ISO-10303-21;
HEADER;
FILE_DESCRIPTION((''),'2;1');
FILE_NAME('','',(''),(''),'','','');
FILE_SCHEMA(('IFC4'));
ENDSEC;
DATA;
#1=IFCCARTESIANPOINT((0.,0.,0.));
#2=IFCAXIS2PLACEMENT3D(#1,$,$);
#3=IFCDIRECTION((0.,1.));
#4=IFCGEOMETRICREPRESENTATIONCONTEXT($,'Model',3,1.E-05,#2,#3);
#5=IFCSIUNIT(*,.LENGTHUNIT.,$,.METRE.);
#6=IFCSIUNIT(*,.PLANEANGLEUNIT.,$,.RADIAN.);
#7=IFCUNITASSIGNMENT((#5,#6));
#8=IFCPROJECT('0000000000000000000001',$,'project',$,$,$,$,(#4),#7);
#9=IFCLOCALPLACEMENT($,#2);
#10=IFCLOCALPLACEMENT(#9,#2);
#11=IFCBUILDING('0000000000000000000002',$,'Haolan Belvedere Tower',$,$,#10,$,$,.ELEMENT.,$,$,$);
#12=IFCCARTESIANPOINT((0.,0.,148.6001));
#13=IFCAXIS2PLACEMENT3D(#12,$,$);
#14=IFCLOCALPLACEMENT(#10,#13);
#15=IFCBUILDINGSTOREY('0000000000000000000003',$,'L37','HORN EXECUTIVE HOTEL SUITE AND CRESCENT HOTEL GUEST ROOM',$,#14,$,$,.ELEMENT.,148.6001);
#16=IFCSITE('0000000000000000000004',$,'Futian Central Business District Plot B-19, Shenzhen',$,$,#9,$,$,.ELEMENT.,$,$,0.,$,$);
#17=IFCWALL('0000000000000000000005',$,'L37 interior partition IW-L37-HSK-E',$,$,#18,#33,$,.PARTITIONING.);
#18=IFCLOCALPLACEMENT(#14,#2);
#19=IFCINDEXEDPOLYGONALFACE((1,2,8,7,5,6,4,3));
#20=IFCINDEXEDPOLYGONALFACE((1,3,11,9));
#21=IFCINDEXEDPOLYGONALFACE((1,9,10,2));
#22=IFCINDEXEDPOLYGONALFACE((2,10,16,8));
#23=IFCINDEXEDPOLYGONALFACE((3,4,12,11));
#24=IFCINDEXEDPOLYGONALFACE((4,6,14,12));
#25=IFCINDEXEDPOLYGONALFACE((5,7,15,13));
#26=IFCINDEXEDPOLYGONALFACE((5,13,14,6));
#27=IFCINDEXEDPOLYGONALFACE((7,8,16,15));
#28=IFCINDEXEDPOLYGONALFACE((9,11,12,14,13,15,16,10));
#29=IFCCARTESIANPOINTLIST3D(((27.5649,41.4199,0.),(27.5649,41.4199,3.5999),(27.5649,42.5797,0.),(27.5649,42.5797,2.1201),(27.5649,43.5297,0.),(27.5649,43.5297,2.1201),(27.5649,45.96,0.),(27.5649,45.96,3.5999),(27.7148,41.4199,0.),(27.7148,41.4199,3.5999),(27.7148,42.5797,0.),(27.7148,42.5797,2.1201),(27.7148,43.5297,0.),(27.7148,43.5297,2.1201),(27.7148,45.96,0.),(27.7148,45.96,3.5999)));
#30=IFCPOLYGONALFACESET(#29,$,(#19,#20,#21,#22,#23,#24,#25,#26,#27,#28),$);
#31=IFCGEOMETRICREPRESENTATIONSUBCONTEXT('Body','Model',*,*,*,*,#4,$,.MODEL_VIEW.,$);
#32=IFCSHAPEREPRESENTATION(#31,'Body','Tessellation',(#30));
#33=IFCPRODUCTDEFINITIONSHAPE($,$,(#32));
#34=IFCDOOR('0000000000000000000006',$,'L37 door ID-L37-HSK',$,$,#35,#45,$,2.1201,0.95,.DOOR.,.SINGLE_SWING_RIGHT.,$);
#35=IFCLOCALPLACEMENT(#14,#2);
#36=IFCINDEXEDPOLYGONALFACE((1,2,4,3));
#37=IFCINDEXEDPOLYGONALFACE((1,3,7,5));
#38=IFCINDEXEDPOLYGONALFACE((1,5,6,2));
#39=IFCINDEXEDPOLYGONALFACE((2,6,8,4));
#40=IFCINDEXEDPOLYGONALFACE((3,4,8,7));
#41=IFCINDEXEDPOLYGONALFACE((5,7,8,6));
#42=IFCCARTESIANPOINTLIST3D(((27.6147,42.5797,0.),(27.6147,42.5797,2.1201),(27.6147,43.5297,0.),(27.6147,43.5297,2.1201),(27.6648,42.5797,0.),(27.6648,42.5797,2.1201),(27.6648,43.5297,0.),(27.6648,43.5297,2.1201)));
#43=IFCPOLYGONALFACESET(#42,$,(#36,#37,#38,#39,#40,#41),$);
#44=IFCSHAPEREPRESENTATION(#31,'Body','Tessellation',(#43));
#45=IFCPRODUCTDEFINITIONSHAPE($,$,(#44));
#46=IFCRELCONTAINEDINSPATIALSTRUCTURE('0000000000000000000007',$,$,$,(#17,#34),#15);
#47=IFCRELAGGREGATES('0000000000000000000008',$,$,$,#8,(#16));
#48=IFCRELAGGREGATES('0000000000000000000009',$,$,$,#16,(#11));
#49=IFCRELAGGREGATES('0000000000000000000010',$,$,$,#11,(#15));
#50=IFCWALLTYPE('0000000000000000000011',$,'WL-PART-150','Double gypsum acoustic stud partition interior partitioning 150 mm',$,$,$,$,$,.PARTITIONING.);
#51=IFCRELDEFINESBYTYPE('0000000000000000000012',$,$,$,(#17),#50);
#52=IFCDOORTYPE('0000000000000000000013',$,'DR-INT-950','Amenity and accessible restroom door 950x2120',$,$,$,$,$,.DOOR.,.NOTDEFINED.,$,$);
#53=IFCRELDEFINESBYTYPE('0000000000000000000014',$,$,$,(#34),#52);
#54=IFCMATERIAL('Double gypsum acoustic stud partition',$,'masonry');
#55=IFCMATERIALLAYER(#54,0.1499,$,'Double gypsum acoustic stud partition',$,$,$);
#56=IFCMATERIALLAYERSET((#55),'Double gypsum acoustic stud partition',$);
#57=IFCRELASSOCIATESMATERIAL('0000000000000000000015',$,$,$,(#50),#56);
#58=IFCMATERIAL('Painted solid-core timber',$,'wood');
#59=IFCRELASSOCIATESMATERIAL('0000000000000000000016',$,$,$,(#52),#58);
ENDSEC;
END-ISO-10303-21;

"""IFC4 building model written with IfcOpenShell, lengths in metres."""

from ifc_helpers import new_model, si_unit, direction, frame, frame_2d, origin, place, context, subcontext, project, spatial, rectangle, extrude, material, layer, layer_set, type_object, element, fill, save


model = new_model("IFC4")

# Units and contexts
model_context = context("Model", 3, precision=1e-05, world=origin(), true_north=direction((0.0, 1.0)))
body_context = subcontext(model_context, "Body", "Model", "MODEL_VIEW")
ifc_project = project(units=[si_unit("LENGTHUNIT", "METRE"), si_unit("PLANEANGLEUNIT", "RADIAN")], contexts=[model_context])

# Site, building, storey
site_placement = place(None, origin())
site = spatial("IfcSite", under=ifc_project, at=site_placement, Name="Futian Central Business District Plot B-19, Shenzhen", CompositionType="ELEMENT", RefElevation=0.0)
building_placement = place(site_placement, origin())
building = spatial("IfcBuilding", under=site, at=building_placement, Name="Haolan Belvedere Tower", CompositionType="ELEMENT")
storey_placement = place(building_placement, frame((0.0, 0.0, 148.6001)))
storey = spatial("IfcBuildingStorey", under=building, at=storey_placement, Name="L37", Description="HORN EXECUTIVE HOTEL SUITE AND CRESCENT HOTEL GUEST ROOM", CompositionType="ELEMENT", Elevation=148.6001)

# Shared definitions
ifc_material_1 = material(Name="Double gypsum acoustic stud partition", Category="masonry")
ifc_layer_1 = layer(ifc_material_1, 0.1499, Name="Double gypsum acoustic stud partition")
ifc_layer_set_1 = layer_set([ifc_layer_1], Name="Double gypsum acoustic stud partition")
wall_type_1 = type_object("IfcWallType", Name="WL-PART-150", Description="Double gypsum acoustic stud partition interior partitioning 150 mm", PredefinedType="PARTITIONING", material=ifc_layer_set_1)

# Wall, opening, door
wall_1_placement = place(storey_placement, frame((27.6399, 41.4199, 0.0), z_axis=(0.0, 0.0, 1.0), x_axis=(0.0, 1.0, 0.0)))
wall_1 = element("IfcWall", 1, at=wall_1_placement, inside=storey, type_object=wall_type_1, Name="L37 interior partition IW-L37-HSK-E", PredefinedType="PARTITIONING", context=body_context, shape_type="SweptSolid", body=[
    extrude(rectangle(XDim=4.54, YDim=0.1499, at=frame_2d((2.27, 0.0))), origin(), (0.0, 0.0, 1.0), 3.5999),
])
opening_1_placement = place(wall_1_placement, frame((2.1099, 0.0, 0.0), z_axis=(0.0, 0.0, 1.0), x_axis=(-1.0, 0.0, 0.0)))
opening_1 = element("IfcOpeningElement", 2, at=opening_1_placement, cuts=wall_1, PredefinedType="OPENING", context=body_context, shape_type="SweptSolid", body=[
    extrude(rectangle(XDim=0.95, YDim=2.1201, at=frame_2d((0.4751, 1.0601))), frame((0.0, 0.085, 0.0), z_axis=(0.0, -1.0, 0.0), x_axis=(1.0, 0.0, 0.0)), (0.0, 0.0, 1.0), 0.1699),
])
ifc_material_2 = material(Name="Painted solid-core timber", Category="wood")
door_type_1 = type_object("IfcDoorType", Name="DR-INT-950", Description="Amenity and accessible restroom door 950x2120", OperationType="NOTDEFINED", PredefinedType="DOOR", material=ifc_material_2)
door_1_placement = place(opening_1_placement, origin())
door_1 = element("IfcDoor", 3, at=door_1_placement, inside=storey, type_object=door_type_1, Name="L37 door ID-L37-HSK", OperationType="SINGLE_SWING_RIGHT", OverallHeight=2.1201, OverallWidth=0.95, PredefinedType="DOOR", context=body_context, shape_type="SweptSolid", body=[
    extrude(rectangle(XDim=0.95, YDim=2.1201, at=frame_2d((0.4751, 1.0601))), frame((0.0, 0.0249, 0.0), z_axis=(0.0, -1.0, 0.0), x_axis=(1.0, 0.0, 0.0)), (0.0, 0.0, 1.0), 0.05),
])
fill(opening_1, door_1)

save(model, "model.ifc")
